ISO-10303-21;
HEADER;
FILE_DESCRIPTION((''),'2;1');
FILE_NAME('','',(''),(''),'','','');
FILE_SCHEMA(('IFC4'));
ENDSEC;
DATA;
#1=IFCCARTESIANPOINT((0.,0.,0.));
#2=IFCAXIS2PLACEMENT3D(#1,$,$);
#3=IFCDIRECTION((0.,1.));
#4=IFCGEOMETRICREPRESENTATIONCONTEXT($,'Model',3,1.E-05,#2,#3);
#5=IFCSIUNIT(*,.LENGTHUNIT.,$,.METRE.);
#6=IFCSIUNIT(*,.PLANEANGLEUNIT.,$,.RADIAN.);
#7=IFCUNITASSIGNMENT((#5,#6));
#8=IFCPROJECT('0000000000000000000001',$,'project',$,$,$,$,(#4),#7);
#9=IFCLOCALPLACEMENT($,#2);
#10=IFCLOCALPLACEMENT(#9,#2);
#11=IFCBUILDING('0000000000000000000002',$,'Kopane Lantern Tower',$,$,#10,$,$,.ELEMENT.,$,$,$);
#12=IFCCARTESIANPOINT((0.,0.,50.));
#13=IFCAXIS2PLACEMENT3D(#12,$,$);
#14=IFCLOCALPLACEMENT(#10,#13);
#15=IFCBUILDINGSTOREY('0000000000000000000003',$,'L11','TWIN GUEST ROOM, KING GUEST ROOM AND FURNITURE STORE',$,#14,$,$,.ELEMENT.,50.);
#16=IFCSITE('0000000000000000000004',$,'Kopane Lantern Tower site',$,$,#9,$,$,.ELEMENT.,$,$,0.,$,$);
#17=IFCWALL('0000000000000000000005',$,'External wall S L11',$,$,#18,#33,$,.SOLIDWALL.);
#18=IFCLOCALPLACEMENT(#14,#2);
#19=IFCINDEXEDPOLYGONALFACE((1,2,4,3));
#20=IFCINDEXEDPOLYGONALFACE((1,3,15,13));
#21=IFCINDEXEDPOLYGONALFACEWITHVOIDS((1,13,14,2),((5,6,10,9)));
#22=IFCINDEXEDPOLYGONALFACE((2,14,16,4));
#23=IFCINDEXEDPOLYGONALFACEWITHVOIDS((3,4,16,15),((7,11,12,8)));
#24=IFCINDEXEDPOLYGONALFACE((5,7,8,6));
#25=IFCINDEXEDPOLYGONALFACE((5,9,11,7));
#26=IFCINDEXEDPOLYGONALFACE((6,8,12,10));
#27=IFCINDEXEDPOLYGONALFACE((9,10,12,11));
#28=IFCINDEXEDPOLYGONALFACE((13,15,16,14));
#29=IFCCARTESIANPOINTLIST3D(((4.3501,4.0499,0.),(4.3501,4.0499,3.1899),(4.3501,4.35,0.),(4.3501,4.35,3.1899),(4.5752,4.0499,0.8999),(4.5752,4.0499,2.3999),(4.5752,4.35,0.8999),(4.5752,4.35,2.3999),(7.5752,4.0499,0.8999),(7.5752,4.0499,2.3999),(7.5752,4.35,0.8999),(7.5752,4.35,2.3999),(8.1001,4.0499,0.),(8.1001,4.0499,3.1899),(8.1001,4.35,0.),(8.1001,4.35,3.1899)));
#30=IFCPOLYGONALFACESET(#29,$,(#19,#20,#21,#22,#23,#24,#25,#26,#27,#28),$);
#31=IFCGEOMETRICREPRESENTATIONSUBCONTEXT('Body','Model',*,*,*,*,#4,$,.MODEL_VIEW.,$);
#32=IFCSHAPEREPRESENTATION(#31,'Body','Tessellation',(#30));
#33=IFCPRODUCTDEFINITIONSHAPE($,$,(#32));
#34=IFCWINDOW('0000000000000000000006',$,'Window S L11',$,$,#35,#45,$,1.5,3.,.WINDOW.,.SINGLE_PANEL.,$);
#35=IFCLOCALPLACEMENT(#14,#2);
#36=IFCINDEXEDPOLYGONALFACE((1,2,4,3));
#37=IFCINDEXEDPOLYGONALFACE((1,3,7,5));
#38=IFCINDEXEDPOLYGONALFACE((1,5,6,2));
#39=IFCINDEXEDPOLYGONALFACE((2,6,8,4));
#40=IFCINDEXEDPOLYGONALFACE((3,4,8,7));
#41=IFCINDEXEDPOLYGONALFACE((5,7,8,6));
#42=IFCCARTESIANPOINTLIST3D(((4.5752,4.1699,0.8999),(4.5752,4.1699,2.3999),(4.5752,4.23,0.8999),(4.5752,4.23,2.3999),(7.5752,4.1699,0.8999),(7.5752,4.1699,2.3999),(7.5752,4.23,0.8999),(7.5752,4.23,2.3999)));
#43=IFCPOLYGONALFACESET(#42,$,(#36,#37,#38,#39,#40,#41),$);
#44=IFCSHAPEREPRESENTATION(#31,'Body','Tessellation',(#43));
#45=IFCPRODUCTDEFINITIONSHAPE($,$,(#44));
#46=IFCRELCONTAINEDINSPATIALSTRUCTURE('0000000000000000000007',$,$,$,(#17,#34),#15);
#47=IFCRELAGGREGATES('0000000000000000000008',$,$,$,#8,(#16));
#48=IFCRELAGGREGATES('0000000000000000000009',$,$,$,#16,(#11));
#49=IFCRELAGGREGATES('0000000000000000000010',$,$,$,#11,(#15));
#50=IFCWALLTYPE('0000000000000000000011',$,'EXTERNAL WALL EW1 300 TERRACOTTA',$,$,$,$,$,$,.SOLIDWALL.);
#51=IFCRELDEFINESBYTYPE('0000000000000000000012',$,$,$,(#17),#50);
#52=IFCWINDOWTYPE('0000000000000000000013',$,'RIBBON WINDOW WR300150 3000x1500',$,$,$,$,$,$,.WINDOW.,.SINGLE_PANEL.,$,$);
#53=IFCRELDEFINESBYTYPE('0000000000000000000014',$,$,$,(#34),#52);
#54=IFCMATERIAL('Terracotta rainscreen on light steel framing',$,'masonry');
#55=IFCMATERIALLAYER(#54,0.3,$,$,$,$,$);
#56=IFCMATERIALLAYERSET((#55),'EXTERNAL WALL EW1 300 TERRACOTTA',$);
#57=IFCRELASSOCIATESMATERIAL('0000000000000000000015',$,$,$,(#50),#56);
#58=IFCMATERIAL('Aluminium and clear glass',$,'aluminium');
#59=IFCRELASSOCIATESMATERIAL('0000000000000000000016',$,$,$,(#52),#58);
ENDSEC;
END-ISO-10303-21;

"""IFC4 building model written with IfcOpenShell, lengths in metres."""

from ifc_helpers import new_model, si_unit, direction, frame, frame_2d, origin, place, context, subcontext, project, spatial, rectangle, extrude, material, layer, layer_set, type_object, element, fill, save


model = new_model("IFC4")

# Units and contexts
model_context = context("Model", 3, precision=1e-05, world=origin(), true_north=direction((0.0, 1.0)))
body_context = subcontext(model_context, "Body", "Model", "MODEL_VIEW")
ifc_project = project(units=[si_unit("LENGTHUNIT", "METRE"), si_unit("PLANEANGLEUNIT", "RADIAN")], contexts=[model_context])

# Site, building, storey
site_placement = place(None, origin())
site = spatial("IfcSite", under=ifc_project, at=site_placement, Name="Kopane Lantern Tower site", CompositionType="ELEMENT", RefElevation=0.0)
building_placement = place(site_placement, origin())
building = spatial("IfcBuilding", under=site, at=building_placement, Name="Kopane Lantern Tower", CompositionType="ELEMENT")
storey_placement = place(building_placement, frame((0.0, 0.0, 50.0)))
storey = spatial("IfcBuildingStorey", under=building, at=storey_placement, Name="L11", Description="TWIN GUEST ROOM, KING GUEST ROOM AND FURNITURE STORE", CompositionType="ELEMENT", Elevation=50.0)

# Wall, opening, window
ifc_material_1 = material(Name="Terracotta rainscreen on light steel framing", Category="masonry")
ifc_layer_1 = layer(ifc_material_1, 0.3)
ifc_layer_set_1 = layer_set([ifc_layer_1], Name="EXTERNAL WALL EW1 300 TERRACOTTA")
wall_type_1 = type_object("IfcWallType", Name="EXTERNAL WALL EW1 300 TERRACOTTA", PredefinedType="SOLIDWALL", material=ifc_layer_set_1)
ifc_material_2 = material(Name="Aluminium and clear glass", Category="aluminium")
window_type = type_object("IfcWindowType", Name="RIBBON WINDOW WR300150 3000x1500", PartitioningType="SINGLE_PANEL", PredefinedType="WINDOW", material=ifc_material_2)
wall_1_placement = place(storey_placement, frame((4.3501, 4.2, 0.0), z_axis=(0.0, 0.0, 1.0), x_axis=(1.0, 0.0, 0.0)))
wall_1 = element("IfcWall", 1, at=wall_1_placement, inside=storey, type_object=wall_type_1, Name="External wall S L11", PredefinedType="SOLIDWALL", context=body_context, shape_type="SweptSolid", body=[
    extrude(rectangle(XDim=3.75, YDim=0.3, at=frame_2d((1.875, 0.0))), origin(), (0.0, 0.0, 1.0), 3.1899),
])
opening_1_placement = place(wall_1_placement, frame((0.2251, 0.0, 0.8999)))
opening_1 = element("IfcOpeningElement", 2, at=opening_1_placement, cuts=wall_1, PredefinedType="OPENING", context=body_context, shape_type="SweptSolid", body=[
    extrude(rectangle(XDim=3.0, YDim=1.5, at=frame_2d((1.5, 0.75))), frame((0.0, 0.1599, 0.0), z_axis=(0.0, -1.0, 0.0), x_axis=(1.0, 0.0, 0.0)), (0.0, 0.0, 1.0), 0.3201),
])
window_1_placement = place(opening_1_placement, origin())
window_1 = element("IfcWindow", 3, at=window_1_placement, inside=storey, type_object=window_type, Name="Window S L11", OverallHeight=1.5, OverallWidth=3.0, PartitioningType="SINGLE_PANEL", PredefinedType="WINDOW", context=body_context, shape_type="SweptSolid", body=[
    extrude(rectangle(XDim=3.0, YDim=1.5, at=frame_2d((1.5, 0.75))), frame((0.0, 0.03, 0.0), z_axis=(0.0, -1.0, 0.0), x_axis=(1.0, 0.0, 0.0)), (0.0, 0.0, 1.0), 0.0601),
])
fill(opening_1, window_1)

save(model, "model.ifc")
